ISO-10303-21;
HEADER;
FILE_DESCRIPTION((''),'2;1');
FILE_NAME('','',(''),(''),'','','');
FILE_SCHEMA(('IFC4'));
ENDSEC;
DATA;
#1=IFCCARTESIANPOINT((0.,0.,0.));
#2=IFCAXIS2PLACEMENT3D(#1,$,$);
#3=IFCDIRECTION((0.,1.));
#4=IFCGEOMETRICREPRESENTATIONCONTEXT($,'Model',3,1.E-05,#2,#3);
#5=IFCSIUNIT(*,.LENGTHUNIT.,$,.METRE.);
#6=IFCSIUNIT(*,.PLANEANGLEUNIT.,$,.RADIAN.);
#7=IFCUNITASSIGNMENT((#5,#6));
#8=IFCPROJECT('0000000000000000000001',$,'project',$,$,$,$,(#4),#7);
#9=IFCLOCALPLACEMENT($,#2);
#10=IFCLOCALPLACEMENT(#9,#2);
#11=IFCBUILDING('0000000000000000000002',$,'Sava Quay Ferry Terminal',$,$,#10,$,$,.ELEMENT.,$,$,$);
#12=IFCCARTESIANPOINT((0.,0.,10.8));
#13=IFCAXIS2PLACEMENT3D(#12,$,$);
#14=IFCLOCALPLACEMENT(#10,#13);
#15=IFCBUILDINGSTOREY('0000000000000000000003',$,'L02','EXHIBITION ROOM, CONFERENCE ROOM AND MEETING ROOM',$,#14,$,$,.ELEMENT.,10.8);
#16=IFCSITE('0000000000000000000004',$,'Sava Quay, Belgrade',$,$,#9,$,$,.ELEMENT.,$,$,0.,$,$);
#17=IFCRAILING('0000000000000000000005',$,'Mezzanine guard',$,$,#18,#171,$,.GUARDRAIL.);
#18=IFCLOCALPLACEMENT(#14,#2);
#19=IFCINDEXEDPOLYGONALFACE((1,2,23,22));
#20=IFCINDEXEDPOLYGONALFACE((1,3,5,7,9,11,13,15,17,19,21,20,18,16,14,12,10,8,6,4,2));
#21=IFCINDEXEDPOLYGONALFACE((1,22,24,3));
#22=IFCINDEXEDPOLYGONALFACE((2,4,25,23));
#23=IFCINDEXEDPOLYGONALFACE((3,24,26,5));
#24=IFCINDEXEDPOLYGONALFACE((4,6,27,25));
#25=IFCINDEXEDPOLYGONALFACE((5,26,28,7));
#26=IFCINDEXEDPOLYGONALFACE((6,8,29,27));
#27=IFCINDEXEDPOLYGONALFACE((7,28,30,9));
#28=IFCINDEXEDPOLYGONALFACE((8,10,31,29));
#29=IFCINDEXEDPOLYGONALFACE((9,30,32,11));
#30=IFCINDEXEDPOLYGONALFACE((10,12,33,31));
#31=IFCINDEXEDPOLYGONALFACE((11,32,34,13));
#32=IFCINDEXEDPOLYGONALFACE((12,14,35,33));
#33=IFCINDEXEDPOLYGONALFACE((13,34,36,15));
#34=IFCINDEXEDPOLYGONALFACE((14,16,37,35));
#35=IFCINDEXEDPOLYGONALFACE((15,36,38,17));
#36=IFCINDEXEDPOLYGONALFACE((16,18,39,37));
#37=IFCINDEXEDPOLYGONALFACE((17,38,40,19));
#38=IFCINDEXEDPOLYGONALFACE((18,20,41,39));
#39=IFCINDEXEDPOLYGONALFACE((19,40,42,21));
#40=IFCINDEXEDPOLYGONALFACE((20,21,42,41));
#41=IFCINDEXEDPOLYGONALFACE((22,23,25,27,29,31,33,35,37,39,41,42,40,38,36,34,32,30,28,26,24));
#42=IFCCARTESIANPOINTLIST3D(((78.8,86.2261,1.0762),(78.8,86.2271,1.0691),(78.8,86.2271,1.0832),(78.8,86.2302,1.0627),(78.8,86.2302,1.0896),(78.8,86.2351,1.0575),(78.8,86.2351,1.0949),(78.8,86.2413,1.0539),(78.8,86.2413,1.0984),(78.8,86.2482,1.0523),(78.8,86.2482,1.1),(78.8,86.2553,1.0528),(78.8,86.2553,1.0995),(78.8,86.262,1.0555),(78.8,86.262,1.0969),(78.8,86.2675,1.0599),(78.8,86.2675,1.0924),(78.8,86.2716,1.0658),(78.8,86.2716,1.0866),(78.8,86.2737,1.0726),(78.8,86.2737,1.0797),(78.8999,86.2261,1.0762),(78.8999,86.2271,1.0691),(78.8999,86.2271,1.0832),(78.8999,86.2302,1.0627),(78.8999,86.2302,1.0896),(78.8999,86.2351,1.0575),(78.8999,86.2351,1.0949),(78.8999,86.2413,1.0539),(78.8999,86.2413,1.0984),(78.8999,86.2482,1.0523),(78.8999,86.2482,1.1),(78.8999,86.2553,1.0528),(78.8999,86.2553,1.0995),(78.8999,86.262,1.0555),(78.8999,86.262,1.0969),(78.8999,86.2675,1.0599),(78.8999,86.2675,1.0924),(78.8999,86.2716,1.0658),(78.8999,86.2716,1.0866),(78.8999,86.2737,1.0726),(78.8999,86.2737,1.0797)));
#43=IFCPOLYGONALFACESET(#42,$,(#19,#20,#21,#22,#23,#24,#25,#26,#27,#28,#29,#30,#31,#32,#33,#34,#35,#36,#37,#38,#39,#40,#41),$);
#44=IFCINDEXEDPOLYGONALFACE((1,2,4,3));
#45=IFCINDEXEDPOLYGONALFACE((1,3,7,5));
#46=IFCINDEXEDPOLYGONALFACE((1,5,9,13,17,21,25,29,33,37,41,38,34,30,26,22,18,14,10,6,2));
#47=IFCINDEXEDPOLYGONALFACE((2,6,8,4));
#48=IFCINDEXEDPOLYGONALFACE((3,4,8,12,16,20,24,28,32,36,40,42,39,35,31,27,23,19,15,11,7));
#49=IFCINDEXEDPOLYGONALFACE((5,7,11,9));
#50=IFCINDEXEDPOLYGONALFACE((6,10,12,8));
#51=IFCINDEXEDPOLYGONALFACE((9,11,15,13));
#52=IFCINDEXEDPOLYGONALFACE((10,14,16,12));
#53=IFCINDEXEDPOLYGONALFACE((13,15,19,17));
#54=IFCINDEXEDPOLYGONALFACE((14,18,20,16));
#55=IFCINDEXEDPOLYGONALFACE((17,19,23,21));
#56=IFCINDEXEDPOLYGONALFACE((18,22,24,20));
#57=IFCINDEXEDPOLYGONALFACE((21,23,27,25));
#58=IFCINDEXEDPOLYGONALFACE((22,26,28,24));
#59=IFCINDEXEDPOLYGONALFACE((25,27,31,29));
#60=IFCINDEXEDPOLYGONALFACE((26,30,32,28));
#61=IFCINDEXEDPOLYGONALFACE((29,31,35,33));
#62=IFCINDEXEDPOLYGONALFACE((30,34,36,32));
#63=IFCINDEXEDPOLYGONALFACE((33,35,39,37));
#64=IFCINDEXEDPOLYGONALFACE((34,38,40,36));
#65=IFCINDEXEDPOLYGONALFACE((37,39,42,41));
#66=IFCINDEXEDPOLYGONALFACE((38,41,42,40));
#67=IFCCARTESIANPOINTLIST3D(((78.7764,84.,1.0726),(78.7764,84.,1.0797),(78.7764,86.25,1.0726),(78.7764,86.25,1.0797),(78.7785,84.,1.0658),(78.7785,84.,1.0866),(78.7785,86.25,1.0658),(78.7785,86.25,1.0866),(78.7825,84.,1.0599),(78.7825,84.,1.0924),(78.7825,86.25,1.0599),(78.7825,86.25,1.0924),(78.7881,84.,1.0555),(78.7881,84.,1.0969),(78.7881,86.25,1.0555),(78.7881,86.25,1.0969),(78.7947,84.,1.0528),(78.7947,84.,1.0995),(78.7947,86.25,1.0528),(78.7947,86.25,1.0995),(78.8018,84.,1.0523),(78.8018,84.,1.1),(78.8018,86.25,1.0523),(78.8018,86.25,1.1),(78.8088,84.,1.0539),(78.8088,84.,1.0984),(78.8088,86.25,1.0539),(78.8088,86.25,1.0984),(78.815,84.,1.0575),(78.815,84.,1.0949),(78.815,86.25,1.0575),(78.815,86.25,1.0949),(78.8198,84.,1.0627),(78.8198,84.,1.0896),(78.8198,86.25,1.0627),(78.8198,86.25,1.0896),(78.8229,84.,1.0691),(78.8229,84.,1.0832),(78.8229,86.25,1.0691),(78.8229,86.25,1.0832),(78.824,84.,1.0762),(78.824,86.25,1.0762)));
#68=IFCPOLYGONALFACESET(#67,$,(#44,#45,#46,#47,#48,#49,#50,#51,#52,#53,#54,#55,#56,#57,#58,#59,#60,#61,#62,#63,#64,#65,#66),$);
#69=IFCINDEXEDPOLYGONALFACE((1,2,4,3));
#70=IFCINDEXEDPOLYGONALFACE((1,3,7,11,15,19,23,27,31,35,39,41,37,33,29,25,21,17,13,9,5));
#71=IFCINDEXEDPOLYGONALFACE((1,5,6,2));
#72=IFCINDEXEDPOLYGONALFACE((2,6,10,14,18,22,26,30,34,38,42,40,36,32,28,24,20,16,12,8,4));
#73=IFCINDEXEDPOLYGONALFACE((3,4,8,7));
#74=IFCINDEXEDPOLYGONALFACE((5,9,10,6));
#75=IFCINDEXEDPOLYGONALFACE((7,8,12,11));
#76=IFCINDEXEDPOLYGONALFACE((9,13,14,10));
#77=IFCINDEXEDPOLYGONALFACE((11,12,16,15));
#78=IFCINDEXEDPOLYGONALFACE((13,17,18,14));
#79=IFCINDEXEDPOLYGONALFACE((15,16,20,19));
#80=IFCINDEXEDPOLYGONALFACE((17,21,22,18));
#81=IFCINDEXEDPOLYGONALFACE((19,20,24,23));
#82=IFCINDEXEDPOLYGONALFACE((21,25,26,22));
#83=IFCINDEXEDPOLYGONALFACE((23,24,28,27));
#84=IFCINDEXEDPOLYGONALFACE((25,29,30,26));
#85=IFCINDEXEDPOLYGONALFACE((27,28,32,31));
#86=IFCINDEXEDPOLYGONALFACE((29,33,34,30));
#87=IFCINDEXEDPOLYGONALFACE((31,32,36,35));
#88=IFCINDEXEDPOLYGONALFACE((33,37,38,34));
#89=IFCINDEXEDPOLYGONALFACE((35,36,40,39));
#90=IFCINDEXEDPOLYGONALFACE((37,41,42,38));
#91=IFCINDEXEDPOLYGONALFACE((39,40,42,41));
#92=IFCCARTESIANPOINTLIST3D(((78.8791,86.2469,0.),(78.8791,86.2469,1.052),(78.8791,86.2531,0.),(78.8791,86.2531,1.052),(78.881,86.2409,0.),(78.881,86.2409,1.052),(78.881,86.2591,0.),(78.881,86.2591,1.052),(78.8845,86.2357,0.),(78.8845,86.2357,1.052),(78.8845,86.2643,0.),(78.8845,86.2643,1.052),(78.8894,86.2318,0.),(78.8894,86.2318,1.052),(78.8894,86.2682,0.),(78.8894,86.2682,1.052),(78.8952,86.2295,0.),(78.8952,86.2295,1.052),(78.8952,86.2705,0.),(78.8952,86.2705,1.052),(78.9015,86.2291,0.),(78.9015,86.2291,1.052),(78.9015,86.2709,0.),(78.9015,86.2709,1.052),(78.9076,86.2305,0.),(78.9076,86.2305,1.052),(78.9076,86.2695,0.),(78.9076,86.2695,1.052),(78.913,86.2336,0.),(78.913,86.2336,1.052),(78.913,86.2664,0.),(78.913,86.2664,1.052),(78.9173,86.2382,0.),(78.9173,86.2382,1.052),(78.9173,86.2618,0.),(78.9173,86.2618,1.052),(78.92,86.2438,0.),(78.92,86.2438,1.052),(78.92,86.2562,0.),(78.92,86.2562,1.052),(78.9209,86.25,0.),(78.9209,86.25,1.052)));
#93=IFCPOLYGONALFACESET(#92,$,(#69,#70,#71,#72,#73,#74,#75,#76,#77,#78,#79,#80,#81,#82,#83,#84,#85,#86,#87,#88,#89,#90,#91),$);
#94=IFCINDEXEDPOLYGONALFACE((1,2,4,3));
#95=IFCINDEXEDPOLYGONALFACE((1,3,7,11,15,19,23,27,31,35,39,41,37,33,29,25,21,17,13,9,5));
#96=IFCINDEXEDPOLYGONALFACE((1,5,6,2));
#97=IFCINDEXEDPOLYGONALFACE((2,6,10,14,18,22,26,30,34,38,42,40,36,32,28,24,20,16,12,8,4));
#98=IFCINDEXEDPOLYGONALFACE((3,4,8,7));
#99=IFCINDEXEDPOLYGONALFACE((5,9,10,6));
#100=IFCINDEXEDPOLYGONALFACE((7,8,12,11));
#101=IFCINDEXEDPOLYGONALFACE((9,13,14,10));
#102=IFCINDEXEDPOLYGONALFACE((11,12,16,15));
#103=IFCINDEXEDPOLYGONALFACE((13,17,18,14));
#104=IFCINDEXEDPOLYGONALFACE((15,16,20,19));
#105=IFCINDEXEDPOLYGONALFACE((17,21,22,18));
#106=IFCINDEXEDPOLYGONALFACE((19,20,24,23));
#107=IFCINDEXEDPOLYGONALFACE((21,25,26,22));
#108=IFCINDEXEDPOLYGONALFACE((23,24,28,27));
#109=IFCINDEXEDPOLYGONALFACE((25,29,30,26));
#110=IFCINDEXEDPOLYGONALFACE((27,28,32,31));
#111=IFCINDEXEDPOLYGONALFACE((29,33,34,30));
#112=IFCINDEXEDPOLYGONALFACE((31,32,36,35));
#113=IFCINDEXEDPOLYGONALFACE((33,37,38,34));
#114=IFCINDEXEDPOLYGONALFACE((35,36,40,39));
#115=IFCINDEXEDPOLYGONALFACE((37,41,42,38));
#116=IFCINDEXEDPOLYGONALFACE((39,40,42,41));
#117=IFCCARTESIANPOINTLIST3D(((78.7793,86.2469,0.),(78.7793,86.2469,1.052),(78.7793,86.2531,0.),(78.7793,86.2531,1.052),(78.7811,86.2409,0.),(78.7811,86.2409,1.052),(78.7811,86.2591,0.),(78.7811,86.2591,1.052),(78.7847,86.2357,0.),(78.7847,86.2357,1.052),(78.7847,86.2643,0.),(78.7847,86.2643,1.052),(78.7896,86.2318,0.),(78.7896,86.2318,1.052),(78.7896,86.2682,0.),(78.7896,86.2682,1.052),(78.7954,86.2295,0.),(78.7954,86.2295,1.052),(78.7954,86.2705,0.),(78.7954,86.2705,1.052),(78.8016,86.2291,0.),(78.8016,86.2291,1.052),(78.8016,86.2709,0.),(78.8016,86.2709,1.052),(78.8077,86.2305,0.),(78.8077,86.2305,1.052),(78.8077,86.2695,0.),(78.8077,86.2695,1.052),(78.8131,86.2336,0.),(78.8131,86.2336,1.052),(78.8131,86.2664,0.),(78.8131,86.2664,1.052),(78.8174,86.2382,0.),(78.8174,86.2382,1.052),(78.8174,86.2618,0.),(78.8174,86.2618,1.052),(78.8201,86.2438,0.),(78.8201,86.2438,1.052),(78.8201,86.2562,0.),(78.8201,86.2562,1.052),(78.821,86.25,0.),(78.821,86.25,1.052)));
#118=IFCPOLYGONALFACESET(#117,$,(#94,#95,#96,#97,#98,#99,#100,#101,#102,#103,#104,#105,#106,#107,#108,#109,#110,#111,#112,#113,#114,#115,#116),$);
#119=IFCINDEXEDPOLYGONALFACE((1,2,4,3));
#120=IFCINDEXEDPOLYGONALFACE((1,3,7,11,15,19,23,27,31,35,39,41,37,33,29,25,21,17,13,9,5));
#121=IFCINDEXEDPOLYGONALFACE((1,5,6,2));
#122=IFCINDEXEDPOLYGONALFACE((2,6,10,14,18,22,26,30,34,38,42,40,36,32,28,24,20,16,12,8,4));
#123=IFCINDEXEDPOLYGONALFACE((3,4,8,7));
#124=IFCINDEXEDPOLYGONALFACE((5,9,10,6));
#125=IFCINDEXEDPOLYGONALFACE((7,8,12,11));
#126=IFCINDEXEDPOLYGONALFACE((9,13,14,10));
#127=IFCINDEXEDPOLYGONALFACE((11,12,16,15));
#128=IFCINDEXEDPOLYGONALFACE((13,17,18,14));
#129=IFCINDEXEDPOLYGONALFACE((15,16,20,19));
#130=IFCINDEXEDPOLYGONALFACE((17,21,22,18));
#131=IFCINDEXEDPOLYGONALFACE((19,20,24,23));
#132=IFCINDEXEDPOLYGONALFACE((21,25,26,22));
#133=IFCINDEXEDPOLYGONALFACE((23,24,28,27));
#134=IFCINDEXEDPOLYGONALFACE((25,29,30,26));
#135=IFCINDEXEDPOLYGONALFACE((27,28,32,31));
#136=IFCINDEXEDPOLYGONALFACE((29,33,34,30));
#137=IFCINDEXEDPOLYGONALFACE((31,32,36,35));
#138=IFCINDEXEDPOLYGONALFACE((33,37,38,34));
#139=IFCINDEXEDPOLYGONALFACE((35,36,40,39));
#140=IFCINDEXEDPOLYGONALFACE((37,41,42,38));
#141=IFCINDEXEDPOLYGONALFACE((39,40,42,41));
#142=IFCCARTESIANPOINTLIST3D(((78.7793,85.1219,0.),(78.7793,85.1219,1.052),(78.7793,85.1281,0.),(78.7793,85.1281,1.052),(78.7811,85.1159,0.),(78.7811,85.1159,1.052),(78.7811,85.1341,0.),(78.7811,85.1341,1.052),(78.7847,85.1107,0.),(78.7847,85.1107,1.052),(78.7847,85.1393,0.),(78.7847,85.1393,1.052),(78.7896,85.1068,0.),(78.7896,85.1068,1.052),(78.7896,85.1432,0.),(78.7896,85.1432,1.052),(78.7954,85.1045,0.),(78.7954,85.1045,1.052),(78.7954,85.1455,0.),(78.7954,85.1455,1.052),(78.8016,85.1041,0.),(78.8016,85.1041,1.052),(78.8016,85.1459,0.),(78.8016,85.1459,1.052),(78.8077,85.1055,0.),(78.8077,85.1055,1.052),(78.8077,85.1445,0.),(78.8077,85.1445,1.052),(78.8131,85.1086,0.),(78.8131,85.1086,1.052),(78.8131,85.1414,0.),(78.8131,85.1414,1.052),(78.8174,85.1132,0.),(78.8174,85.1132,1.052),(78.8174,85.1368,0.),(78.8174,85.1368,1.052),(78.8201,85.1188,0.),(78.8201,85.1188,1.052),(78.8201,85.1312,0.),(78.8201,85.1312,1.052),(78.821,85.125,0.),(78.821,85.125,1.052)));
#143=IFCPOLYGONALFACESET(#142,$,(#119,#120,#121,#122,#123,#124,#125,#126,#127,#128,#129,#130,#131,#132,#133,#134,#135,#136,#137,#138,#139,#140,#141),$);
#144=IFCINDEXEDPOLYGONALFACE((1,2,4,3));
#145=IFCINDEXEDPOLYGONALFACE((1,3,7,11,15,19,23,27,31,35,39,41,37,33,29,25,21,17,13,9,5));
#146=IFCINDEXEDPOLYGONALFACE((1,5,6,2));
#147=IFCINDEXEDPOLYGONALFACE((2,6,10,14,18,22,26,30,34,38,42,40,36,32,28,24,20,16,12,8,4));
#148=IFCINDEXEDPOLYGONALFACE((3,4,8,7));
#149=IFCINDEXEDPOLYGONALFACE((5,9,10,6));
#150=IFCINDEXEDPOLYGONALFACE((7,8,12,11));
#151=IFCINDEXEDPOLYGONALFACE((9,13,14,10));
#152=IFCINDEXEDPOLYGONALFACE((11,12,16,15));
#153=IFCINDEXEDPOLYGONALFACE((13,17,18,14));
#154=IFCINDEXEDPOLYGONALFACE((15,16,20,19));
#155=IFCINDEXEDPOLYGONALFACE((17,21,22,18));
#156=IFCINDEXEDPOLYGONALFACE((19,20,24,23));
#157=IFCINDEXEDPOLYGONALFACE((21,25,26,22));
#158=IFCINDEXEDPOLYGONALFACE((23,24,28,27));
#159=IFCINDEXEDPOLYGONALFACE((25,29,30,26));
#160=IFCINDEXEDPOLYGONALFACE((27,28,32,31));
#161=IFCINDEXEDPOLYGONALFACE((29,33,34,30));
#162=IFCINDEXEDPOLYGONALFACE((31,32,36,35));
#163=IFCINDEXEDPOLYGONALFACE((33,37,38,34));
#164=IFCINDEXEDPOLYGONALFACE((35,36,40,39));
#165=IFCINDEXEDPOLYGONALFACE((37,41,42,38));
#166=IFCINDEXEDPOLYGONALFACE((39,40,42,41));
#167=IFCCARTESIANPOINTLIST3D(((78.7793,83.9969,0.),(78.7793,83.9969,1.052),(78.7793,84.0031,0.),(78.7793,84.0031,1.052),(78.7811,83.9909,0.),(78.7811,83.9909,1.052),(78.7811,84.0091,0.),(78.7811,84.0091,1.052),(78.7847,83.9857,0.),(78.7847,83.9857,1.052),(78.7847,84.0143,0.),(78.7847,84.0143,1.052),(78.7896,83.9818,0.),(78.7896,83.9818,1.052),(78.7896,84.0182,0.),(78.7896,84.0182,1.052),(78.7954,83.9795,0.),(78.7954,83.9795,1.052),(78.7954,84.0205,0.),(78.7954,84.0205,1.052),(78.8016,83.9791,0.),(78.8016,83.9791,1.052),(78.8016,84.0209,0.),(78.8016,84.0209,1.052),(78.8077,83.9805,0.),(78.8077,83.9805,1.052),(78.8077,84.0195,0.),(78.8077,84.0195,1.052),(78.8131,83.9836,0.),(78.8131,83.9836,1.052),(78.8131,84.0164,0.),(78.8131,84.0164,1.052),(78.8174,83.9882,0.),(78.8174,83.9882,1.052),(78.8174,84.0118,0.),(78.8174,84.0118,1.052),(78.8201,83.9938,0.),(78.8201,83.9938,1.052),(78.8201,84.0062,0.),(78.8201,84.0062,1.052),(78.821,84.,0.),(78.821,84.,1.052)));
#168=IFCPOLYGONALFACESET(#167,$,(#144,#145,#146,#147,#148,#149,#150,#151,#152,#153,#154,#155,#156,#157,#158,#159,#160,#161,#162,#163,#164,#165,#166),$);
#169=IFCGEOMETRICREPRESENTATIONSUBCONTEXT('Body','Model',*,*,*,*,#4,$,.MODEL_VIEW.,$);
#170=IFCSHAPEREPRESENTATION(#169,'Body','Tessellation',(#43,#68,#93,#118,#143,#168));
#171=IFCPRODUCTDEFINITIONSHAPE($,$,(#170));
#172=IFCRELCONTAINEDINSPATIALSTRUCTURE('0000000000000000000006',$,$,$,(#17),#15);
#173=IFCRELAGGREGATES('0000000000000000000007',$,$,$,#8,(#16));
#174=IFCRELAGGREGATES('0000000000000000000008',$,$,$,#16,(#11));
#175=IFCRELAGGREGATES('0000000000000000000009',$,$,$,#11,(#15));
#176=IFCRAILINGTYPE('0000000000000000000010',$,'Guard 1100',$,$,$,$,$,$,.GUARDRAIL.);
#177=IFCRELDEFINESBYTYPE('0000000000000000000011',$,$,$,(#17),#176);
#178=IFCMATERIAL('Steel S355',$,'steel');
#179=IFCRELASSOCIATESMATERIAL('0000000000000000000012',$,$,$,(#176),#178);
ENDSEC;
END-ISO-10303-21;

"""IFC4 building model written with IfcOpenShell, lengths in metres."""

from ifc_helpers import new_model, si_unit, direction, frame, origin, origin_2d, place, context, subcontext, project, spatial, circle, extrude, material, type_object, element, save


model = new_model("IFC4")

# Units and contexts
model_context = context("Model", 3, precision=1e-05, world=origin(), true_north=direction((0.0, 1.0)))
body_context = subcontext(model_context, "Body", "Model", "MODEL_VIEW")
ifc_project = project(units=[si_unit("LENGTHUNIT", "METRE"), si_unit("PLANEANGLEUNIT", "RADIAN")], contexts=[model_context])

# Site, building, storey
site_placement = place(None, origin())
site = spatial("IfcSite", under=ifc_project, at=site_placement, Name="Sava Quay, Belgrade", CompositionType="ELEMENT", RefElevation=0.0)
building_placement = place(site_placement, origin())
building = spatial("IfcBuilding", under=site, at=building_placement, Name="Sava Quay Ferry Terminal", CompositionType="ELEMENT")
storey_placement = place(building_placement, frame((0.0, 0.0, 10.8)))
storey = spatial("IfcBuildingStorey", under=building, at=storey_placement, Name="L02", Description="EXHIBITION ROOM, CONFERENCE ROOM AND MEETING ROOM", CompositionType="ELEMENT", Elevation=10.8)

# Railing
ifc_material_1 = material(Name="Steel S355", Category="steel")
railing_type = type_object("IfcRailingType", Name="Guard 1100", PredefinedType="GUARDRAIL", material=ifc_material_1)
railing_1_placement = place(storey_placement, frame((78.8999, 86.25, 0.0)))
element("IfcRailing", 1, at=railing_1_placement, inside=storey, type_object=railing_type, Name="Mezzanine guard", PredefinedType="GUARDRAIL", context=body_context, shape_type="SweptSolid", body=[
    extrude(circle(Radius=0.0239, at=origin_2d()), frame((0.0, 0.0, 1.0762), z_axis=(-1.0, 0.0, 0.0), x_axis=(0.0, -1.0, 0.0)), (0.0, 0.0, 1.0), 0.0999),
    extrude(circle(Radius=0.0239, at=origin_2d()), frame((-0.0999, 0.0, 1.0762), z_axis=(0.0, -1.0, 0.0), x_axis=(1.0, 0.0, 0.0)), (0.0, 0.0, 1.0), 2.25),
    extrude(circle(Radius=0.021, at=origin_2d()), origin(), (0.0, 0.0, 1.0), 1.052),
    extrude(circle(Radius=0.021, at=origin_2d()), frame((-0.0999, 0.0, 0.0)), (0.0, 0.0, 1.0), 1.052),
    extrude(circle(Radius=0.021, at=origin_2d()), frame((-0.0999, -1.125, 0.0)), (0.0, 0.0, 1.0), 1.052),
    extrude(circle(Radius=0.021, at=origin_2d()), frame((-0.0999, -2.25, 0.0)), (0.0, 0.0, 1.0), 1.052),
])

save(model, "model.ifc")
